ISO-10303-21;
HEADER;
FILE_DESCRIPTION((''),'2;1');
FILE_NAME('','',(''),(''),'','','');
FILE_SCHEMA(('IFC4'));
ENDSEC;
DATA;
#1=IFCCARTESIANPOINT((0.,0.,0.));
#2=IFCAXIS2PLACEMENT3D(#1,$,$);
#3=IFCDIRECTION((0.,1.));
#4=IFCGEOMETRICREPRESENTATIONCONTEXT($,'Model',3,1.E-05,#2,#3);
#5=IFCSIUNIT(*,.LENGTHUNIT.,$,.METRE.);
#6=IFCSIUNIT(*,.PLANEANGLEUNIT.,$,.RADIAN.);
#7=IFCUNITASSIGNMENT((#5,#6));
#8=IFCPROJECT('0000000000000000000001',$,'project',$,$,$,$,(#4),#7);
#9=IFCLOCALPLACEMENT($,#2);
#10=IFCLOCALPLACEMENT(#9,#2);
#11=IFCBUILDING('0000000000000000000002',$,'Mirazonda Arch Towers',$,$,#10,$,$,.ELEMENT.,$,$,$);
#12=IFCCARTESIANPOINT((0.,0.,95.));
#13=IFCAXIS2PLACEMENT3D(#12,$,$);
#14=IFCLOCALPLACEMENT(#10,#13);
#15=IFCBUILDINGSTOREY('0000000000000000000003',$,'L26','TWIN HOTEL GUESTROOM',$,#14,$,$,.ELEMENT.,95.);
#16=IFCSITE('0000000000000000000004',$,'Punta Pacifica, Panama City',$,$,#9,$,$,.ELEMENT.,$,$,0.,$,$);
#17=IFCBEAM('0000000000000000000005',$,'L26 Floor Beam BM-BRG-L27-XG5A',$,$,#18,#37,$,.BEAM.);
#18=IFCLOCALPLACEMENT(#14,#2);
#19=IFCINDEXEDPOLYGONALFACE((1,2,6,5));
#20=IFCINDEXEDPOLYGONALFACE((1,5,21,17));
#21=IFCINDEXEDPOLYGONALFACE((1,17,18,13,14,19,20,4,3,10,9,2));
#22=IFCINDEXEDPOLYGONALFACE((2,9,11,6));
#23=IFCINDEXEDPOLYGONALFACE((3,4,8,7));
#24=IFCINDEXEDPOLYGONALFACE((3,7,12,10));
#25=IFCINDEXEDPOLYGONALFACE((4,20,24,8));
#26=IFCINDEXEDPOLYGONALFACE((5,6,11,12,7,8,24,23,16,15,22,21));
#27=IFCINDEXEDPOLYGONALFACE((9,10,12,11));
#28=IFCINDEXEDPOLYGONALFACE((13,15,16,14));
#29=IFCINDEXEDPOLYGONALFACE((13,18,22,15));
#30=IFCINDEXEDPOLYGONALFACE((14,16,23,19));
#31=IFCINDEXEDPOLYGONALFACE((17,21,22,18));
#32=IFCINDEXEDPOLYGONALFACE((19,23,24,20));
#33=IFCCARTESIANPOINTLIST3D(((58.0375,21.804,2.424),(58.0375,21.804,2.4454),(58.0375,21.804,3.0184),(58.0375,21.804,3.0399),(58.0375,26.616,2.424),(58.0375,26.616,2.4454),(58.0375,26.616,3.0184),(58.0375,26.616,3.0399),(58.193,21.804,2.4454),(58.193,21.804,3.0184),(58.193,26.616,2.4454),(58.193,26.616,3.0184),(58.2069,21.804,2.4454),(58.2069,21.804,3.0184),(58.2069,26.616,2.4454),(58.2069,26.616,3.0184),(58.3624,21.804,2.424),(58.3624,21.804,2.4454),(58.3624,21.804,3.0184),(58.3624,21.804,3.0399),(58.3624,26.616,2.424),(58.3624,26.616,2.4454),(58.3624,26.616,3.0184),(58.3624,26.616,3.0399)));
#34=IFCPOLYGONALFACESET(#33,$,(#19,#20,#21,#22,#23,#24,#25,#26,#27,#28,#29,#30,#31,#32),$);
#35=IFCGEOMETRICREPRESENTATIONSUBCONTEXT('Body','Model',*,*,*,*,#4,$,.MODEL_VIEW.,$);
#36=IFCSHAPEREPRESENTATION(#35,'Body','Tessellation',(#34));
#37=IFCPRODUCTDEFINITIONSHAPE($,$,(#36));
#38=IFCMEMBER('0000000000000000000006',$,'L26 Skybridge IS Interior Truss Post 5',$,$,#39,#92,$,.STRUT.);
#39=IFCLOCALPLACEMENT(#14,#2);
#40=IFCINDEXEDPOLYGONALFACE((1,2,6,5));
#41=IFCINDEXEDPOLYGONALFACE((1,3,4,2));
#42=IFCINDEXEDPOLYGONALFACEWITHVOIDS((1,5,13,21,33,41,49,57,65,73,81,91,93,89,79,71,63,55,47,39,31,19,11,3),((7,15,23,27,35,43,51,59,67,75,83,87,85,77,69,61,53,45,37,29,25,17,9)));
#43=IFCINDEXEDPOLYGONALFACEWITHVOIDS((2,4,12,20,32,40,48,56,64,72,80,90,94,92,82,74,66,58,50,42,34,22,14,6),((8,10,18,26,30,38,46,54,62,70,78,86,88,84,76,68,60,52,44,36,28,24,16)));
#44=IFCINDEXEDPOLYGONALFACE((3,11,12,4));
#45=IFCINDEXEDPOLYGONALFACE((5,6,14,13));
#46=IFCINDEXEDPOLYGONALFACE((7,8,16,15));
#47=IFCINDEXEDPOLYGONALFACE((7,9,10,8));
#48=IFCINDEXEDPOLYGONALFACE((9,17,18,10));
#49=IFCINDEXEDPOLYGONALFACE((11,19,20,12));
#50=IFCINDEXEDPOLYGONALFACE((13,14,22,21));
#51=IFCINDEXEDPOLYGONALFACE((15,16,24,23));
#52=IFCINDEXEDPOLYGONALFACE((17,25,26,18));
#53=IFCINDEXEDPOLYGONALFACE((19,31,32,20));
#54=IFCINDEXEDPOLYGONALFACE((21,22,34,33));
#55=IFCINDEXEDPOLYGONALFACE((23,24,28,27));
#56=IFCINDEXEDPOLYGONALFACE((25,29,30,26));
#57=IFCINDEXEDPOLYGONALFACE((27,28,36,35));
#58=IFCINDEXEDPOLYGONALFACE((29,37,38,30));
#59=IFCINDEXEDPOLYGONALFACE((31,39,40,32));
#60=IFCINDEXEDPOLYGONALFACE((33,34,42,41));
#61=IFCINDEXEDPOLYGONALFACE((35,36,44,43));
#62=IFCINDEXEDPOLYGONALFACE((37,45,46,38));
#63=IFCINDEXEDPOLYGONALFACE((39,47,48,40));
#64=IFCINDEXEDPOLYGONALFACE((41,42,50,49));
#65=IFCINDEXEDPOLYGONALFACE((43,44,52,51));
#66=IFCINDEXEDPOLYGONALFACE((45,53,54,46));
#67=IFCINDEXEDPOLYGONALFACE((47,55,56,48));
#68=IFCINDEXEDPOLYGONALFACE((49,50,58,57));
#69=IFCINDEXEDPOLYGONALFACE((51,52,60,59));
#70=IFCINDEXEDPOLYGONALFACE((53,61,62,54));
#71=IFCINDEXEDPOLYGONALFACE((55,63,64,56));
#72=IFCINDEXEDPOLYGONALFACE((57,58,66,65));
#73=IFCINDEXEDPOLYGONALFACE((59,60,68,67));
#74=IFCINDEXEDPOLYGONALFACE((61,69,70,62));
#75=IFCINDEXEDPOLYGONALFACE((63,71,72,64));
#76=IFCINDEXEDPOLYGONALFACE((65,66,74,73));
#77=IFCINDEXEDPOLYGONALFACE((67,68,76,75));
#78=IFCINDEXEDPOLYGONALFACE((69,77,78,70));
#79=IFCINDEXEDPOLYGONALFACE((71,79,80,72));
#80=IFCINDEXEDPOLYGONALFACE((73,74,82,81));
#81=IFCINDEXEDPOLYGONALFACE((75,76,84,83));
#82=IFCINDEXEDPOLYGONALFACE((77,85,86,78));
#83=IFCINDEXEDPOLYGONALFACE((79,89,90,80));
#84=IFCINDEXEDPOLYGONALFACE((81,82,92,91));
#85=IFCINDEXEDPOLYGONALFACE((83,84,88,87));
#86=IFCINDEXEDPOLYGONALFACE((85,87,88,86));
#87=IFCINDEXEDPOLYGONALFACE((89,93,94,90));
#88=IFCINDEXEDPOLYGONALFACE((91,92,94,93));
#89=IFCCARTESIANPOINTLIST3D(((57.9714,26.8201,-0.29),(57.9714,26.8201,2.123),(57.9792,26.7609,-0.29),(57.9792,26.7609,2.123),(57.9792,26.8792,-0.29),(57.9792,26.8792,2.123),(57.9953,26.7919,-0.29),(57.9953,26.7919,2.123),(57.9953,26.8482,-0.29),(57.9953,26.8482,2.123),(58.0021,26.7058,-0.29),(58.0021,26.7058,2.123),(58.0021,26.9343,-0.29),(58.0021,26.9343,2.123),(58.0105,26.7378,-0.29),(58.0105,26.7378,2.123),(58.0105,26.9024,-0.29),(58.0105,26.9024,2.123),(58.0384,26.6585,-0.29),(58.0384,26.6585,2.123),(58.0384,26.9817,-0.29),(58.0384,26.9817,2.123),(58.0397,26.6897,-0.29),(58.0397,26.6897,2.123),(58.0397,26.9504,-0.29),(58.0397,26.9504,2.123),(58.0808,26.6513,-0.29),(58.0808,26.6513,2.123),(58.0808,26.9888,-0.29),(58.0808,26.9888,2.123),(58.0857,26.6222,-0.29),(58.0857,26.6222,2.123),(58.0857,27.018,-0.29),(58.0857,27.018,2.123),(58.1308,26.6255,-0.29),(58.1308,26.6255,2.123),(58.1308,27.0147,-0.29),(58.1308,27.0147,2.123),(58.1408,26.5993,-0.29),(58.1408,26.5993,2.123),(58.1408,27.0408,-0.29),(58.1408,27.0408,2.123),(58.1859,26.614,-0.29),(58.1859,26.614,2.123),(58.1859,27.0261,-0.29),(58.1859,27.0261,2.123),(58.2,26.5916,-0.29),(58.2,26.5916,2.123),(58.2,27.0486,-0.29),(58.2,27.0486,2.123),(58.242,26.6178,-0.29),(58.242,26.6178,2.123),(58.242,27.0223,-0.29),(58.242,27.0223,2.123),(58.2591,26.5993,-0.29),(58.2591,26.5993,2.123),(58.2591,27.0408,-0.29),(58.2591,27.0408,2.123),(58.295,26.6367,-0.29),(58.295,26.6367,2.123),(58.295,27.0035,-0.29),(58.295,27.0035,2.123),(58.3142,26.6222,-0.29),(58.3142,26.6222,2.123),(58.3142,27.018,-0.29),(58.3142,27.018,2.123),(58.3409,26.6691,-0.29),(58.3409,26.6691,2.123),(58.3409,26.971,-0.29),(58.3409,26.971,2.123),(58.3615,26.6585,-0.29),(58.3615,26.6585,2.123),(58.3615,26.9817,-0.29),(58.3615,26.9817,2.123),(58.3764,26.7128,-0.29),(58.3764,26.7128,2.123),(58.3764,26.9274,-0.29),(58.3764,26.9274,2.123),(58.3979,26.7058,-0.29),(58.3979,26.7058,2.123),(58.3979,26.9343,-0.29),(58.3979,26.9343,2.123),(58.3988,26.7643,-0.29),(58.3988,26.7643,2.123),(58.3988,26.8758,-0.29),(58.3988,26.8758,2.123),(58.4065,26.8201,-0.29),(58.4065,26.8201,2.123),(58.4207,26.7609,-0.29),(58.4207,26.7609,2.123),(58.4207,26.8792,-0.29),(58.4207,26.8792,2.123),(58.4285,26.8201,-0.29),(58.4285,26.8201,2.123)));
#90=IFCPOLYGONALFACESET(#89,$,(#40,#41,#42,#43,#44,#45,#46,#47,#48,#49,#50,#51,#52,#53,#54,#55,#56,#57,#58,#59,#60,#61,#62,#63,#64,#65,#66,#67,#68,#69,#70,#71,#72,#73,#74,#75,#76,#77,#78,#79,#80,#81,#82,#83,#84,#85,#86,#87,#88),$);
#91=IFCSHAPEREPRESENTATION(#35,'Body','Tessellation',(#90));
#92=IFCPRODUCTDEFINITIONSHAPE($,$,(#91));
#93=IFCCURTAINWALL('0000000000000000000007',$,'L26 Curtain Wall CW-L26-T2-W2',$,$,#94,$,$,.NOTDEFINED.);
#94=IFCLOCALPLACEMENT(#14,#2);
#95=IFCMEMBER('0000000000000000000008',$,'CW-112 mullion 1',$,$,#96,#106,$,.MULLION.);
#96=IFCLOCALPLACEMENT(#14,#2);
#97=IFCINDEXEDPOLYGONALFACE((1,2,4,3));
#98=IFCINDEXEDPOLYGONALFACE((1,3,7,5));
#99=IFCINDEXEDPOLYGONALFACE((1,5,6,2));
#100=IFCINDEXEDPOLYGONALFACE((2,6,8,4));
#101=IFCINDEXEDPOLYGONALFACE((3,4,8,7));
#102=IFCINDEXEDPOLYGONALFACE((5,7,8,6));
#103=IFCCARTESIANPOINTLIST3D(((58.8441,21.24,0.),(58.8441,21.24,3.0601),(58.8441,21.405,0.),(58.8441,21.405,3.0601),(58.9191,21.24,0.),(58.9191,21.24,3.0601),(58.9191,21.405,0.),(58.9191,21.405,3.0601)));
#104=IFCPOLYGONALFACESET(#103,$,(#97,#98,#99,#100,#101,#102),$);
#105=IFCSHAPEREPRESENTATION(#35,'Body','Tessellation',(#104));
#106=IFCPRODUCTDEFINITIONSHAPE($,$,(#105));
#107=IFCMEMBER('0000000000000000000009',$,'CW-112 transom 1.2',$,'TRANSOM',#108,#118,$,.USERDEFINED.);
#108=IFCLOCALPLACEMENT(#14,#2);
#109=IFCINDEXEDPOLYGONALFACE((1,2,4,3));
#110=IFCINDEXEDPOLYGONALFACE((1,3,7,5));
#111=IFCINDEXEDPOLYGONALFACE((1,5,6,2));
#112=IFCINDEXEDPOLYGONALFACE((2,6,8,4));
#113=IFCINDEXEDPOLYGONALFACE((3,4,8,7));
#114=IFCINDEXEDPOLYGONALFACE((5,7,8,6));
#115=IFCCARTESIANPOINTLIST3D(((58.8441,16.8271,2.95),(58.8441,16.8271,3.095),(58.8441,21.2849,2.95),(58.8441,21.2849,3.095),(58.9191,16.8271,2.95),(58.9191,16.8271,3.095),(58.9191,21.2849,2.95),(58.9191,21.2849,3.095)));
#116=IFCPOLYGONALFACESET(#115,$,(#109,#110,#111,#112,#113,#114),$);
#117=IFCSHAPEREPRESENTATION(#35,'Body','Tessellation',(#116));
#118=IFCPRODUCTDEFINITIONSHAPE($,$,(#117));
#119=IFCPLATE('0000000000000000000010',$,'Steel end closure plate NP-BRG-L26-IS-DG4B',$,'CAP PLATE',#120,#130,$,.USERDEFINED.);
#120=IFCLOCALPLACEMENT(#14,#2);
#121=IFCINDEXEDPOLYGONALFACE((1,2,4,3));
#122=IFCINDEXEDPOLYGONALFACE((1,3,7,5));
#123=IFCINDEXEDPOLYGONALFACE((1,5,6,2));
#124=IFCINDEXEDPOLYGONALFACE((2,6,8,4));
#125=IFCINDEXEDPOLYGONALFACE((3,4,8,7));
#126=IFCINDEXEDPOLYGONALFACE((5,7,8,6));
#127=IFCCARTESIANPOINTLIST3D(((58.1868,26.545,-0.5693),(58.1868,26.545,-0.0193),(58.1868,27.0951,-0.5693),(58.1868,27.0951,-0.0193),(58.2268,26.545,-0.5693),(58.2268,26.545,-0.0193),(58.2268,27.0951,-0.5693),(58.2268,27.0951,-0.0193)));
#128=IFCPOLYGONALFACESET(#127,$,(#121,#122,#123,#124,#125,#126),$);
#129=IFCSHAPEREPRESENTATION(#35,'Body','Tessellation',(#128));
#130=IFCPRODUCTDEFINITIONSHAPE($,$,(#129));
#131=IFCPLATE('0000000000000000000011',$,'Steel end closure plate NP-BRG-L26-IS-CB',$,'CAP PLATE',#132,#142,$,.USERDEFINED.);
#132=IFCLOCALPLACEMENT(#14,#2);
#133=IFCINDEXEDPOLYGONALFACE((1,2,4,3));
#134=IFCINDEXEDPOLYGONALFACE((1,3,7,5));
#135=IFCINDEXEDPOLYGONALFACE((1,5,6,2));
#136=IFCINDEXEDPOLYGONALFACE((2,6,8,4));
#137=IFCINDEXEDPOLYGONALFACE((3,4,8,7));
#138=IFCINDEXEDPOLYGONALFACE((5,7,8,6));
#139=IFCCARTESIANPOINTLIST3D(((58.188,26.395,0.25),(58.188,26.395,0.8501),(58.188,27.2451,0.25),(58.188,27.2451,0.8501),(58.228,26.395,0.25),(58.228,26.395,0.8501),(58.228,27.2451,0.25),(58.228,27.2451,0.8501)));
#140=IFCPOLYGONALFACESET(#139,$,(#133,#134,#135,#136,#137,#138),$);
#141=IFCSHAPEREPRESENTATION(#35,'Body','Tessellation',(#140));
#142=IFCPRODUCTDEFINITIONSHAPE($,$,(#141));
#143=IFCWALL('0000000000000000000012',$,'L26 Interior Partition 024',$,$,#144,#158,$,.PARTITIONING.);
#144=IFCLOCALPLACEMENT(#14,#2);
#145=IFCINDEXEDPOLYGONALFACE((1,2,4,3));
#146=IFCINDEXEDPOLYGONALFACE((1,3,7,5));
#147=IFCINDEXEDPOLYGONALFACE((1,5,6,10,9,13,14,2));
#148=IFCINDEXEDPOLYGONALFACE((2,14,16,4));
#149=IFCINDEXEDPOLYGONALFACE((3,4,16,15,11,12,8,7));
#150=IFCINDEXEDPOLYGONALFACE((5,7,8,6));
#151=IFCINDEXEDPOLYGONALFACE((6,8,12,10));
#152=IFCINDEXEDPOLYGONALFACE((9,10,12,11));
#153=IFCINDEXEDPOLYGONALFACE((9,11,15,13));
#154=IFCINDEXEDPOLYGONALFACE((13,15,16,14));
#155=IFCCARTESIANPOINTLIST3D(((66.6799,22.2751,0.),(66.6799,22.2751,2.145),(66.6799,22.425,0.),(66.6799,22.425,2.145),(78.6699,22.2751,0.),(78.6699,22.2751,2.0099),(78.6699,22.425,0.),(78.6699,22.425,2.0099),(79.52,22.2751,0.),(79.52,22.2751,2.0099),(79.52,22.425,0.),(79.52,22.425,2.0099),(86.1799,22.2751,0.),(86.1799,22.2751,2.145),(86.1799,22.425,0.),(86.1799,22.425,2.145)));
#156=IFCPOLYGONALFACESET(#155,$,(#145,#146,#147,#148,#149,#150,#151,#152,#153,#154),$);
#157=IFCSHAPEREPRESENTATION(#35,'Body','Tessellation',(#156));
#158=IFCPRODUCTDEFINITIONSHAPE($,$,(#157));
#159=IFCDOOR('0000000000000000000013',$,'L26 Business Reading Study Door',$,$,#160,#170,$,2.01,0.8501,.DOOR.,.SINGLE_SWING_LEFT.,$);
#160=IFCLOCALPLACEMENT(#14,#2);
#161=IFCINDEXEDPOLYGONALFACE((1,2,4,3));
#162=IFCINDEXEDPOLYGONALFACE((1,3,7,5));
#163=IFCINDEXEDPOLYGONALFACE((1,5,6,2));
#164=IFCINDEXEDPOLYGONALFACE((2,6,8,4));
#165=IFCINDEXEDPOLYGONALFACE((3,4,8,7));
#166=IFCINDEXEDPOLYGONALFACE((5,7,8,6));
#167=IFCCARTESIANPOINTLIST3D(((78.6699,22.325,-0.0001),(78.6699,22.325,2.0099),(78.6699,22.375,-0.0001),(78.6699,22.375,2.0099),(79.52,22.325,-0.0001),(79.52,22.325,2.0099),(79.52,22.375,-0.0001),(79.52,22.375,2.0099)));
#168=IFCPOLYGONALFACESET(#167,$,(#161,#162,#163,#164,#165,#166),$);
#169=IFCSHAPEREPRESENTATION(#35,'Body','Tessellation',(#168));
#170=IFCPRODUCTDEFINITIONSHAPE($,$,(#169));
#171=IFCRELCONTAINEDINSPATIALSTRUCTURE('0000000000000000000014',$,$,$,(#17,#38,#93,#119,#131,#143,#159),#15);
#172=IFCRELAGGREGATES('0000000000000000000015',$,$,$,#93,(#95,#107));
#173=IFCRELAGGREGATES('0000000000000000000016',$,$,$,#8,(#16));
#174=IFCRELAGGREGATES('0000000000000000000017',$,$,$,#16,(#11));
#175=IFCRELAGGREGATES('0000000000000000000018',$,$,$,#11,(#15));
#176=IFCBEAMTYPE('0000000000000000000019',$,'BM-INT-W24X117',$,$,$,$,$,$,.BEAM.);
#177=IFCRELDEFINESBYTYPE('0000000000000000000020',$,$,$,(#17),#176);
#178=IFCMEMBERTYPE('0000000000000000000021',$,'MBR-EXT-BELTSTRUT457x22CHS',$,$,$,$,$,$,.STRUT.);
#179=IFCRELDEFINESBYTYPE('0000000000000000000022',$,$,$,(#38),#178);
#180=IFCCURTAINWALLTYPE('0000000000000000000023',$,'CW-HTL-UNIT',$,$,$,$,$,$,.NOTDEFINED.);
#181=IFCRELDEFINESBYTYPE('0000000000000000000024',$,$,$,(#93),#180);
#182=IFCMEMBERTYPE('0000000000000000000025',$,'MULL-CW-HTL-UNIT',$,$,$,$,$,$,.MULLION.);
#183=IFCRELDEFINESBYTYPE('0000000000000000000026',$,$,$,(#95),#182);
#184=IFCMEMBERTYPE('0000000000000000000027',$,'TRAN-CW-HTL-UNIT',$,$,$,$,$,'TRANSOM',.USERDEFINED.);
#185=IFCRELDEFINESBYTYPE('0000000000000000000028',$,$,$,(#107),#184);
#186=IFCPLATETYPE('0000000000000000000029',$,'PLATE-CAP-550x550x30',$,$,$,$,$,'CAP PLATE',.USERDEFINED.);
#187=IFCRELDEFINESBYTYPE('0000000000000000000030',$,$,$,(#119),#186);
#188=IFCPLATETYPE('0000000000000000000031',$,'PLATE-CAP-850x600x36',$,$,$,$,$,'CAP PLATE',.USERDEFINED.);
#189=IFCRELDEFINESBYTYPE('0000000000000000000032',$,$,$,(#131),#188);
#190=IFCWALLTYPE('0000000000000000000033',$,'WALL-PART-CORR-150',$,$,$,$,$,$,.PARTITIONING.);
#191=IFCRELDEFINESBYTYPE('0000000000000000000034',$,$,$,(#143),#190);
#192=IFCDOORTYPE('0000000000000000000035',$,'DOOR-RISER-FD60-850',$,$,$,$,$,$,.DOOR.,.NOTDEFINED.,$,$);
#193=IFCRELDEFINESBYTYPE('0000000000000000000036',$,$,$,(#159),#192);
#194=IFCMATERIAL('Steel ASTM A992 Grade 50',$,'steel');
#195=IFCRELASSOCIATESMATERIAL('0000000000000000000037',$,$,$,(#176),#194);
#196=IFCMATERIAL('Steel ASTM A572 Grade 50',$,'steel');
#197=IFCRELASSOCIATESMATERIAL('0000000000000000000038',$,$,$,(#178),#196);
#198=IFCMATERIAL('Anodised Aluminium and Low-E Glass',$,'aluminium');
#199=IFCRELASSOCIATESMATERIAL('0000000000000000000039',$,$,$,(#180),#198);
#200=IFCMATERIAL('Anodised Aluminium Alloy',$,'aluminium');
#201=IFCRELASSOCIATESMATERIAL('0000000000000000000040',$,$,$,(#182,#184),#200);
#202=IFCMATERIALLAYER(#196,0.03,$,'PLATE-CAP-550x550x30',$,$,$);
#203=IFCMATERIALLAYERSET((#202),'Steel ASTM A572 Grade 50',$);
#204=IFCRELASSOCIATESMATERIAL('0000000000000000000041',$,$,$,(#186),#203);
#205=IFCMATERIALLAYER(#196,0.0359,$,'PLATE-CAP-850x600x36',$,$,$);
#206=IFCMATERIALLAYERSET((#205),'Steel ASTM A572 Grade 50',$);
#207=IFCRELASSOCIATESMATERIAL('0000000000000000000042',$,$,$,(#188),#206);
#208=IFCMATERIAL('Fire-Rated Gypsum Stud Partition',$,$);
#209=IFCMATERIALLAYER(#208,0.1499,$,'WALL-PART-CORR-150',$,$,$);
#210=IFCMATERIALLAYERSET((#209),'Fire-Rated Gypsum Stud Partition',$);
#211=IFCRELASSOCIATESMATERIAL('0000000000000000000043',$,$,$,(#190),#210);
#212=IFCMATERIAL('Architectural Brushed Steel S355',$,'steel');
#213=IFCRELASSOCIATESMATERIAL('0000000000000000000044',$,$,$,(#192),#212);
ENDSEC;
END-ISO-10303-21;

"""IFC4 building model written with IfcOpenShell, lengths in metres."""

from ifc_helpers import new_model, si_unit, direction, frame, frame_2d, origin, origin_2d, place, context, subcontext, project, spatial, rectangle, hollow_circle, i_section, extrude, material, layer, layer_set, material_profile, profile_set, type_object, element, fill, aggregate, save


model = new_model("IFC4")

# Units and contexts
model_context = context("Model", 3, precision=1e-05, world=origin(), true_north=direction((0.0, 1.0)))
body_context = subcontext(model_context, "Body", "Model", "MODEL_VIEW")
ifc_project = project(units=[si_unit("LENGTHUNIT", "METRE"), si_unit("PLANEANGLEUNIT", "RADIAN")], contexts=[model_context])

# Site, building, storey
site_placement = place(None, origin())
site = spatial("IfcSite", under=ifc_project, at=site_placement, Name="Punta Pacifica, Panama City", CompositionType="ELEMENT", RefElevation=0.0)
building_placement = place(site_placement, origin())
building = spatial("IfcBuilding", under=site, at=building_placement, Name="Mirazonda Arch Towers", CompositionType="ELEMENT")
storey_placement = place(building_placement, frame((0.0, 0.0, 95.0)))
storey = spatial("IfcBuildingStorey", under=building, at=storey_placement, Name="L26", Description="TWIN HOTEL GUESTROOM", CompositionType="ELEMENT", Elevation=95.0)

# Beam
ifc_material_1 = material(Name="Steel ASTM A992 Grade 50", Category="steel")
ifc_material_profile_1 = material_profile(ifc_material_1, i_section(OverallWidth=0.325, OverallDepth=0.616, WebThickness=0.0139, FlangeThickness=0.0215, at=origin_2d()), Name="W24X117")
ifc_profile_set_1 = profile_set([ifc_material_profile_1], Name="Steel ASTM A992 Grade 50")
beam_type = type_object("IfcBeamType", Name="BM-INT-W24X117", PredefinedType="BEAM", material=ifc_profile_set_1)
beam_placement = place(storey_placement, frame((58.2, 21.804, 2.7319), z_axis=(0.0, 1.0, 0.0), x_axis=(-1.0, 0.0, 0.0)))
element("IfcBeam", 1, at=beam_placement, inside=storey, type_object=beam_type, Name="L26 Floor Beam BM-BRG-L27-XG5A", PredefinedType="BEAM", context=body_context, shape_type="SweptSolid", body=[
    extrude(i_section(OverallWidth=0.325, OverallDepth=0.616, WebThickness=0.0139, FlangeThickness=0.0215, at=origin_2d()), origin(), (0.0, 0.0, 1.0), 4.812),
])

# Member
ifc_material_2 = material(Name="Steel ASTM A572 Grade 50", Category="steel")
ifc_material_profile_2 = material_profile(ifc_material_2, hollow_circle(Radius=0.2285, WallThickness=0.022, at=origin_2d()), Name="BELTSTRUT457x22CHS")
ifc_profile_set_2 = profile_set([ifc_material_profile_2], Name="Steel ASTM A572 Grade 50")
member_type_1 = type_object("IfcMemberType", Name="MBR-EXT-BELTSTRUT457x22CHS", PredefinedType="STRUT", material=ifc_profile_set_2)
member_1_placement = place(storey_placement, frame((58.2, 26.8201, -0.29), z_axis=(0.0, 0.0, 1.0), x_axis=(1.0, 0.0, 0.0)))
element("IfcMember", 2, at=member_1_placement, inside=storey, type_object=member_type_1, Name="L26 Skybridge IS Interior Truss Post 5", PredefinedType="STRUT", context=body_context, shape_type="SweptSolid", body=[
    extrude(hollow_circle(Radius=0.2285, WallThickness=0.022, at=origin_2d()), origin(), (0.0, 0.0, 1.0), 2.4131),
])

# Curtain wall, members
ifc_material_3 = material(Name="Anodised Aluminium and Low-E Glass", Category="aluminium")
curtain_wall_type = type_object("IfcCurtainWallType", Name="CW-HTL-UNIT", PredefinedType="NOTDEFINED", material=ifc_material_3)
curtain_wall_placement = place(storey_placement, origin())
curtain_wall = element("IfcCurtainWall", 3, at=curtain_wall_placement, inside=storey, type_object=curtain_wall_type, Name="L26 Curtain Wall CW-L26-T2-W2", PredefinedType="NOTDEFINED")
ifc_material_4 = material(Name="Anodised Aluminium Alloy", Category="aluminium")
ifc_material_profile_3 = material_profile(ifc_material_4, rectangle(XDim=0.075, YDim=0.165, at=origin_2d()), Name="ALU-MULL-75x165")
ifc_profile_set_3 = profile_set([ifc_material_profile_3], Name="Anodised Aluminium Alloy")
member_type_2 = type_object("IfcMemberType", Name="MULL-CW-HTL-UNIT", PredefinedType="MULLION", material=ifc_profile_set_3)
member_2_placement = place(storey_placement, frame((58.8816, 21.3225, 0.0), z_axis=(0.0, 0.0, 1.0), x_axis=(1.0, 0.0, 0.0)))
member_2 = element("IfcMember", 4, at=member_2_placement, type_object=member_type_2, Name="CW-112 mullion 1", PredefinedType="MULLION", context=body_context, shape_type="SweptSolid", body=[
    extrude(rectangle(XDim=0.075, YDim=0.165, at=origin_2d()), origin(), (0.0, 0.0, 1.0), 3.0601),
])
ifc_material_profile_4 = material_profile(ifc_material_4, rectangle(XDim=0.075, YDim=0.145, at=origin_2d()), Name="ALU-TRAN-75x145")
ifc_profile_set_4 = profile_set([ifc_material_profile_4], Name="Anodised Aluminium Alloy")
member_type_3 = type_object("IfcMemberType", Name="TRAN-CW-HTL-UNIT", ElementType="TRANSOM", PredefinedType="USERDEFINED", material=ifc_profile_set_4)
member_3_placement = place(storey_placement, frame((58.8816, 21.2849, 3.0225), z_axis=(0.0, -1.0, 0.0), x_axis=(1.0, 0.0, 0.0)))
member_3 = element("IfcMember", 5, at=member_3_placement, type_object=member_type_3, Name="CW-112 transom 1.2", ObjectType="TRANSOM", PredefinedType="USERDEFINED", context=body_context, shape_type="SweptSolid", body=[
    extrude(rectangle(XDim=0.075, YDim=0.145, at=origin_2d()), origin(), (0.0, 0.0, 1.0), 4.4578),
])
aggregate(curtain_wall, [member_2, member_3])

# Plates
ifc_layer_1 = layer(ifc_material_2, 0.03, Name="PLATE-CAP-550x550x30")
ifc_layer_set_1 = layer_set([ifc_layer_1], Name="Steel ASTM A572 Grade 50")
plate_type_1 = type_object("IfcPlateType", Name="PLATE-CAP-550x550x30", ElementType="CAP PLATE", PredefinedType="USERDEFINED", material=ifc_layer_set_1)
plate_1_placement = place(storey_placement, frame((58.2068, 26.8201, -0.5693), z_axis=(0.0, 0.0, 1.0), x_axis=(1.0, 0.0, 0.0)))
element("IfcPlate", 6, at=plate_1_placement, inside=storey, type_object=plate_type_1, Name="Steel end closure plate NP-BRG-L26-IS-DG4B", ObjectType="CAP PLATE", PredefinedType="USERDEFINED", context=body_context, shape_type="SweptSolid", body=[
    extrude(rectangle(XDim=0.04, YDim=0.55, at=origin_2d()), origin(), (0.0, 0.0, 1.0), 0.55),
])
ifc_layer_2 = layer(ifc_material_2, 0.0359, Name="PLATE-CAP-850x600x36")
ifc_layer_set_2 = layer_set([ifc_layer_2], Name="Steel ASTM A572 Grade 50")
plate_type_2 = type_object("IfcPlateType", Name="PLATE-CAP-850x600x36", ElementType="CAP PLATE", PredefinedType="USERDEFINED", material=ifc_layer_set_2)
plate_2_placement = place(storey_placement, frame((58.208, 26.8201, 0.25), z_axis=(0.0, 0.0, 1.0), x_axis=(1.0, 0.0, 0.0)))
element("IfcPlate", 7, at=plate_2_placement, inside=storey, type_object=plate_type_2, Name="Steel end closure plate NP-BRG-L26-IS-CB", ObjectType="CAP PLATE", PredefinedType="USERDEFINED", context=body_context, shape_type="SweptSolid", body=[
    extrude(rectangle(XDim=0.04, YDim=0.8501, at=origin_2d()), origin(), (0.0, 0.0, 1.0), 0.6001),
])

# Wall, opening, door
ifc_material_5 = material(Name="Fire-Rated Gypsum Stud Partition")
ifc_layer_3 = layer(ifc_material_5, 0.1499, Name="WALL-PART-CORR-150")
ifc_layer_set_3 = layer_set([ifc_layer_3], Name="Fire-Rated Gypsum Stud Partition")
wall_type_1 = type_object("IfcWallType", Name="WALL-PART-CORR-150", PredefinedType="PARTITIONING", material=ifc_layer_set_3)
wall_1_placement = place(storey_placement, frame((66.6799, 22.3501, 0.0), z_axis=(0.0, 0.0, 1.0), x_axis=(1.0, 0.0, 0.0)))
wall_1 = element("IfcWall", 8, at=wall_1_placement, inside=storey, type_object=wall_type_1, Name="L26 Interior Partition 024", PredefinedType="PARTITIONING", context=body_context, shape_type="SweptSolid", body=[
    extrude(rectangle(XDim=19.5, YDim=0.1499, at=frame_2d((9.75, 0.0))), origin(), (0.0, 0.0, 1.0), 2.145),
])
opening_1_placement = place(wall_1_placement, frame((11.99, 0.0, 0.0)))
opening_1 = element("IfcOpeningElement", 9, at=opening_1_placement, cuts=wall_1, PredefinedType="OPENING", context=body_context, shape_type="SweptSolid", body=[
    extrude(rectangle(XDim=0.8501, YDim=2.01, at=frame_2d((0.425, 1.0049))), frame((0.0, 0.085, 0.0), z_axis=(0.0, -1.0, 0.0), x_axis=(1.0, 0.0, 0.0)), (0.0, 0.0, 1.0), 0.1699),
])
ifc_material_6 = material(Name="Architectural Brushed Steel S355", Category="steel")
door_type_1 = type_object("IfcDoorType", Name="DOOR-RISER-FD60-850", OperationType="NOTDEFINED", PredefinedType="DOOR", material=ifc_material_6)
door_1_placement = place(opening_1_placement, origin())
door_1 = element("IfcDoor", 10, at=door_1_placement, inside=storey, type_object=door_type_1, Name="L26 Business Reading Study Door", OperationType="SINGLE_SWING_LEFT", OverallHeight=2.01, OverallWidth=0.8501, PredefinedType="DOOR", context=body_context, shape_type="SweptSolid", body=[
    extrude(rectangle(XDim=0.8501, YDim=2.01, at=frame_2d((0.425, 1.0049))), frame((0.0, 0.0249, 0.0), z_axis=(0.0, -1.0, 0.0), x_axis=(1.0, 0.0, 0.0)), (0.0, 0.0, 1.0), 0.05),
])
fill(opening_1, door_1)

save(model, "model.ifc")
